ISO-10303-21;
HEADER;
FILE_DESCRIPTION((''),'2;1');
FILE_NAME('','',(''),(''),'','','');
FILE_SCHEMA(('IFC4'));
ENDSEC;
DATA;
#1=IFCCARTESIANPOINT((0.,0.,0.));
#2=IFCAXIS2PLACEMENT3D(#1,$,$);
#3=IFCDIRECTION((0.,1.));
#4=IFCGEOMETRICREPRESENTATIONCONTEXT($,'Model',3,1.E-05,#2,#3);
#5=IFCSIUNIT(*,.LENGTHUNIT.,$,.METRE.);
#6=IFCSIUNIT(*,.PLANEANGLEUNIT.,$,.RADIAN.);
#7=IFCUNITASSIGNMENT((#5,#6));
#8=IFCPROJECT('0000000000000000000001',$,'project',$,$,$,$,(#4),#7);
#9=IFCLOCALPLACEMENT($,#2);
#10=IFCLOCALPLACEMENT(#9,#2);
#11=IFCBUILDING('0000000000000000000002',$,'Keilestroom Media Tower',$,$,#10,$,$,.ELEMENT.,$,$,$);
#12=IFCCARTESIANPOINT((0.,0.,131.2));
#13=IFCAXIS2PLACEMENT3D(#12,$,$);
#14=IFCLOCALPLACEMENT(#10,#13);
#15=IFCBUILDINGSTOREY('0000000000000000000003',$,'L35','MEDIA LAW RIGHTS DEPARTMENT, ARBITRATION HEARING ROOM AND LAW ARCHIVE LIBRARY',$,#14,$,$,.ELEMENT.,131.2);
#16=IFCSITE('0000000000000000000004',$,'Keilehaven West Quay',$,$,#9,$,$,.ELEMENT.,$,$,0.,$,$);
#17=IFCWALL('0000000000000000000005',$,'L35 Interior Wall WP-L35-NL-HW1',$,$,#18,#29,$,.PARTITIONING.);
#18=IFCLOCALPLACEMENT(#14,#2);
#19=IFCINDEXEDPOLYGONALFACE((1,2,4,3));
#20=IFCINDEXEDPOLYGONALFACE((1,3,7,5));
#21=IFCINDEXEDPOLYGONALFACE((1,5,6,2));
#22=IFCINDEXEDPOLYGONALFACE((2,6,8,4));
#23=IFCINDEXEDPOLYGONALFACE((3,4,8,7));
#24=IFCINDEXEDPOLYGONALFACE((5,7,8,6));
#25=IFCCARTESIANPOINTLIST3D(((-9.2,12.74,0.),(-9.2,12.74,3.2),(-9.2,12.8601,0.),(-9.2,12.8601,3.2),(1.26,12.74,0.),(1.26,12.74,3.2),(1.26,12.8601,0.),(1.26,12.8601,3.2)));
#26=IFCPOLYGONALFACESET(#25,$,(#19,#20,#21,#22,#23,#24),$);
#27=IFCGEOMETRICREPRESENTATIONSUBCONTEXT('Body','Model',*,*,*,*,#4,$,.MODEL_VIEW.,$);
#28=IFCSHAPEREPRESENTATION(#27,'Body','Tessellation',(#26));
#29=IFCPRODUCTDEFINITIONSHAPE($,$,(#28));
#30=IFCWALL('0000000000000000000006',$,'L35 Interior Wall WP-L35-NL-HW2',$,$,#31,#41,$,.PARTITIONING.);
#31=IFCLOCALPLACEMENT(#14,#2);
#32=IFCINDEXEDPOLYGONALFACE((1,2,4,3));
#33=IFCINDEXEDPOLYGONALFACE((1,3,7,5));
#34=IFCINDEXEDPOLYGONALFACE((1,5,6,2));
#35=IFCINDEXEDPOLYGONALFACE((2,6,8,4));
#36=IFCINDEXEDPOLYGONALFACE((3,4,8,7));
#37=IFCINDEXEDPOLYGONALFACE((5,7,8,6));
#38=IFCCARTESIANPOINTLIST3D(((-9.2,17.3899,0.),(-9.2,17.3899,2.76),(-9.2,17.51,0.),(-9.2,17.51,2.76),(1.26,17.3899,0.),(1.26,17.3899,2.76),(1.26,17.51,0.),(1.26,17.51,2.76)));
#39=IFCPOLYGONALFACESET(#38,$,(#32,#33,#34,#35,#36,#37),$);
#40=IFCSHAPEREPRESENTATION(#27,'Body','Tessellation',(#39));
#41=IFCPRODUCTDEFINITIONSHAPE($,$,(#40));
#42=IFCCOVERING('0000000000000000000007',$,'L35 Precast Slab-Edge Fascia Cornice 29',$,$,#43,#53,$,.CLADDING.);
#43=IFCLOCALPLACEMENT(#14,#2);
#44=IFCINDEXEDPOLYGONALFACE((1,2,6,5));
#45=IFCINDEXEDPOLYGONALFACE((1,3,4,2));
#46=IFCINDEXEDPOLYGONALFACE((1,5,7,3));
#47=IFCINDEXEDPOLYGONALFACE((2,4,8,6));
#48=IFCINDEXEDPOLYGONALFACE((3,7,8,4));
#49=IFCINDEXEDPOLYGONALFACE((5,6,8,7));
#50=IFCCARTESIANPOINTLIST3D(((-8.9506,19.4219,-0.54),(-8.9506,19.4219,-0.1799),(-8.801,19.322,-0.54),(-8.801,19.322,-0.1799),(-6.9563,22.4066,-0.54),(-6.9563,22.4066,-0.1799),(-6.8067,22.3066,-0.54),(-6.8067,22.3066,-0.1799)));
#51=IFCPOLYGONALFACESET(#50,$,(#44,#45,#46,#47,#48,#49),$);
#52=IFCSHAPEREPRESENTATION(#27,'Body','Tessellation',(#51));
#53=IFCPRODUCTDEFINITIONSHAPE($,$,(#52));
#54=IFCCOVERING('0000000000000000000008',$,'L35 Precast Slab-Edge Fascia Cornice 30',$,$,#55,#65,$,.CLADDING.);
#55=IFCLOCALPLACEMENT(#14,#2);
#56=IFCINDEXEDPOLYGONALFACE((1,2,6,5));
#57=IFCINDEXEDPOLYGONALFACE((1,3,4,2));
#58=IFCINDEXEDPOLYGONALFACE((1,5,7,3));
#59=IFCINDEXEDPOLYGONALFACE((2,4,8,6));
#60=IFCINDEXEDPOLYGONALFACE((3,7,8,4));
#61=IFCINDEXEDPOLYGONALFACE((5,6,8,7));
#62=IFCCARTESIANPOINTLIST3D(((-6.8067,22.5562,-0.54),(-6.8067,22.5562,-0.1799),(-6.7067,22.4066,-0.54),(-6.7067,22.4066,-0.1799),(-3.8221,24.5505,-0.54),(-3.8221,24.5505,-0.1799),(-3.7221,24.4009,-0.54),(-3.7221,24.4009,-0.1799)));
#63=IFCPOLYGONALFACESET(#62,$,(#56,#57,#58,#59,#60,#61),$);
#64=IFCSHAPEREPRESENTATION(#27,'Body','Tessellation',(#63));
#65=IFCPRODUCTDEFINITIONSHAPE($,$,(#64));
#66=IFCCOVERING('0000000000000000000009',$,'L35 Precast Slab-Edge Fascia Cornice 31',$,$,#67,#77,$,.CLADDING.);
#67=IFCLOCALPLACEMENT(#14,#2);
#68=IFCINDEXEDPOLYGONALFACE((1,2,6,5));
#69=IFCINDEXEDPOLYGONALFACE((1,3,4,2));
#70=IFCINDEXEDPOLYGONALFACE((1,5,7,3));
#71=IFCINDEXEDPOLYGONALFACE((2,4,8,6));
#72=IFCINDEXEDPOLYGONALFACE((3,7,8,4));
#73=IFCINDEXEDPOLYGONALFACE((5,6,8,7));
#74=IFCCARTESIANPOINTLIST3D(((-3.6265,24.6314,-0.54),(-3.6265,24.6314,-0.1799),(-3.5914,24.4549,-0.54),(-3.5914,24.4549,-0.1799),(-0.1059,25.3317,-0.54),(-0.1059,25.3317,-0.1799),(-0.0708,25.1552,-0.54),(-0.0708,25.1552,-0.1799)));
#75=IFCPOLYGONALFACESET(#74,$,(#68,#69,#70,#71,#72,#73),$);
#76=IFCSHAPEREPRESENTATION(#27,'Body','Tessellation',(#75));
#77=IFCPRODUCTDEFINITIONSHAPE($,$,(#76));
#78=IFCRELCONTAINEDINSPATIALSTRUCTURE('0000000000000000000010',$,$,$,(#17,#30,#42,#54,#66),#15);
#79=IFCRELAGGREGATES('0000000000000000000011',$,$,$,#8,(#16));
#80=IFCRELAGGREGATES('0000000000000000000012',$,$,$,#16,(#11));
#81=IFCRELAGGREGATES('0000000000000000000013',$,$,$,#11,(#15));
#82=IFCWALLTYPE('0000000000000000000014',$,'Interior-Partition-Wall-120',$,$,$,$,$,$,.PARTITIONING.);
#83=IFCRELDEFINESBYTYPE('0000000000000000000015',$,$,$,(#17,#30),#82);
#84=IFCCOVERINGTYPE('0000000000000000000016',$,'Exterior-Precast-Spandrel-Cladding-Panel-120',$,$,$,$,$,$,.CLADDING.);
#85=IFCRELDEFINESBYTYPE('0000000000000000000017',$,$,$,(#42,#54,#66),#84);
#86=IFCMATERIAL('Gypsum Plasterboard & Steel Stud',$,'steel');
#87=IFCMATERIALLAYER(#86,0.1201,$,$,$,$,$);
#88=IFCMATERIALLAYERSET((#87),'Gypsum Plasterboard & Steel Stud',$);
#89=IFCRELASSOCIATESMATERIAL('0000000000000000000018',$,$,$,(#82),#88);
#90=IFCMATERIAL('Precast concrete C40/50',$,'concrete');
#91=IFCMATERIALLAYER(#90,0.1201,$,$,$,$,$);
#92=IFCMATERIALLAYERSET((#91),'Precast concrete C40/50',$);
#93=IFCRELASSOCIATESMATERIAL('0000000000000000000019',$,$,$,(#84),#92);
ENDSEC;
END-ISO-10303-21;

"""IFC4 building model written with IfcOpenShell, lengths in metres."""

from ifc_helpers import new_model, si_unit, direction, frame, frame_2d, origin, origin_2d, place, context, subcontext, project, spatial, rectangle, extrude, source, transform, mapped, material, layer, layer_set, type_object, element, save


model = new_model("IFC4")

# Units and contexts
model_context = context("Model", 3, precision=1e-05, world=origin(), true_north=direction((0.0, 1.0)))
body_context = subcontext(model_context, "Body", "Model", "MODEL_VIEW")
ifc_project = project(units=[si_unit("LENGTHUNIT", "METRE"), si_unit("PLANEANGLEUNIT", "RADIAN")], contexts=[model_context])

# Site, building, storey
site_placement = place(None, origin())
site = spatial("IfcSite", under=ifc_project, at=site_placement, Name="Keilehaven West Quay", CompositionType="ELEMENT", RefElevation=0.0)
building_placement = place(site_placement, origin())
building = spatial("IfcBuilding", under=site, at=building_placement, Name="Keilestroom Media Tower", CompositionType="ELEMENT")
storey_placement = place(building_placement, frame((0.0, 0.0, 131.2)))
storey = spatial("IfcBuildingStorey", under=building, at=storey_placement, Name="L35", Description="MEDIA LAW RIGHTS DEPARTMENT, ARBITRATION HEARING ROOM AND LAW ARCHIVE LIBRARY", CompositionType="ELEMENT", Elevation=131.2)

# Shared definitions
ifc_material_1 = material(Name="Precast concrete C40/50", Category="concrete")

# Shared definitions
ifc_material_2 = material(Name="Gypsum Plasterboard & Steel Stud", Category="steel")
ifc_layer_1 = layer(ifc_material_2, 0.1201)
ifc_layer_set_1 = layer_set([ifc_layer_1], Name="Gypsum Plasterboard & Steel Stud")
wall_type_1 = type_object("IfcWallType", Name="Interior-Partition-Wall-120", PredefinedType="PARTITIONING", material=ifc_layer_set_1)

# Walls
wall_1_placement = place(storey_placement, frame((-9.2, 12.8, 0.0), z_axis=(0.0, 0.0, 1.0), x_axis=(1.0, 0.0, 0.0)))
element("IfcWall", 1, at=wall_1_placement, inside=storey, type_object=wall_type_1, Name="L35 Interior Wall WP-L35-NL-HW1", PredefinedType="PARTITIONING", context=body_context, shape_type="SweptSolid", body=[
    extrude(rectangle(XDim=10.46, YDim=0.1201, at=frame_2d((5.23, 0.0))), origin(), (0.0, 0.0, 1.0), 3.2),
])
wall_2_placement = place(storey_placement, frame((-9.2, 17.45, 0.0), z_axis=(0.0, 0.0, 1.0), x_axis=(1.0, 0.0, 0.0)))
element("IfcWall", 2, at=wall_2_placement, inside=storey, type_object=wall_type_1, Name="L35 Interior Wall WP-L35-NL-HW2", PredefinedType="PARTITIONING", context=body_context, shape_type="SweptSolid", body=[
    extrude(rectangle(XDim=10.46, YDim=0.1201, at=frame_2d((5.23, 0.0))), origin(), (0.0, 0.0, 1.0), 2.76),
])

# Coverings
ifc_layer_2 = layer(ifc_material_1, 0.1201)
ifc_layer_set_2 = layer_set([ifc_layer_2], Name="Precast concrete C40/50")
covering_type = type_object("IfcCoveringType", Name="Exterior-Precast-Spandrel-Cladding-Panel-120", PredefinedType="CLADDING", material=ifc_layer_set_2)
shared_shape_1 = source(origin(), body_context, "Body", "SweptSolid", [
    extrude(rectangle(XDim=3.5896, YDim=0.1799, at=origin_2d()), origin(), (0.0, 0.0, 1.0), 0.3601),
])
for number, where, z_axis, x_axis, name in (
    (3, (-7.8787, 20.8643, -0.54), (0.0, 0.0, 1.0), (0.555575, 0.831467, 0.0), "L35 Precast Slab-Edge Fascia Cornice 29"),
    (4, (-5.2644, 23.4785, -0.54), (0.0, 0.0, 1.0), (0.831467, 0.555575, 0.0), "L35 Precast Slab-Edge Fascia Cornice 30"),
    (5, (-1.8486, 24.8933, -0.54), (0.0, 0.0, 1.0), (0.980784, 0.195099, 0.0), "L35 Precast Slab-Edge Fascia Cornice 31"),
):
    element("IfcCovering", number, at=place(storey_placement, frame(where, z_axis=z_axis, x_axis=x_axis)), inside=storey, type_object=covering_type, Name=name, PredefinedType="CLADDING", context=body_context, shape_type="MappedRepresentation", body=[
        mapped(shared_shape_1, transform((0.0, 0.0, 0.0), x_axis=(1.0, 0.0, 0.0), y_axis=(0.0, 1.0, 0.0), z_axis=(0.0, 0.0, 1.0), scale=1.0)),
    ])

save(model, "model.ifc")
